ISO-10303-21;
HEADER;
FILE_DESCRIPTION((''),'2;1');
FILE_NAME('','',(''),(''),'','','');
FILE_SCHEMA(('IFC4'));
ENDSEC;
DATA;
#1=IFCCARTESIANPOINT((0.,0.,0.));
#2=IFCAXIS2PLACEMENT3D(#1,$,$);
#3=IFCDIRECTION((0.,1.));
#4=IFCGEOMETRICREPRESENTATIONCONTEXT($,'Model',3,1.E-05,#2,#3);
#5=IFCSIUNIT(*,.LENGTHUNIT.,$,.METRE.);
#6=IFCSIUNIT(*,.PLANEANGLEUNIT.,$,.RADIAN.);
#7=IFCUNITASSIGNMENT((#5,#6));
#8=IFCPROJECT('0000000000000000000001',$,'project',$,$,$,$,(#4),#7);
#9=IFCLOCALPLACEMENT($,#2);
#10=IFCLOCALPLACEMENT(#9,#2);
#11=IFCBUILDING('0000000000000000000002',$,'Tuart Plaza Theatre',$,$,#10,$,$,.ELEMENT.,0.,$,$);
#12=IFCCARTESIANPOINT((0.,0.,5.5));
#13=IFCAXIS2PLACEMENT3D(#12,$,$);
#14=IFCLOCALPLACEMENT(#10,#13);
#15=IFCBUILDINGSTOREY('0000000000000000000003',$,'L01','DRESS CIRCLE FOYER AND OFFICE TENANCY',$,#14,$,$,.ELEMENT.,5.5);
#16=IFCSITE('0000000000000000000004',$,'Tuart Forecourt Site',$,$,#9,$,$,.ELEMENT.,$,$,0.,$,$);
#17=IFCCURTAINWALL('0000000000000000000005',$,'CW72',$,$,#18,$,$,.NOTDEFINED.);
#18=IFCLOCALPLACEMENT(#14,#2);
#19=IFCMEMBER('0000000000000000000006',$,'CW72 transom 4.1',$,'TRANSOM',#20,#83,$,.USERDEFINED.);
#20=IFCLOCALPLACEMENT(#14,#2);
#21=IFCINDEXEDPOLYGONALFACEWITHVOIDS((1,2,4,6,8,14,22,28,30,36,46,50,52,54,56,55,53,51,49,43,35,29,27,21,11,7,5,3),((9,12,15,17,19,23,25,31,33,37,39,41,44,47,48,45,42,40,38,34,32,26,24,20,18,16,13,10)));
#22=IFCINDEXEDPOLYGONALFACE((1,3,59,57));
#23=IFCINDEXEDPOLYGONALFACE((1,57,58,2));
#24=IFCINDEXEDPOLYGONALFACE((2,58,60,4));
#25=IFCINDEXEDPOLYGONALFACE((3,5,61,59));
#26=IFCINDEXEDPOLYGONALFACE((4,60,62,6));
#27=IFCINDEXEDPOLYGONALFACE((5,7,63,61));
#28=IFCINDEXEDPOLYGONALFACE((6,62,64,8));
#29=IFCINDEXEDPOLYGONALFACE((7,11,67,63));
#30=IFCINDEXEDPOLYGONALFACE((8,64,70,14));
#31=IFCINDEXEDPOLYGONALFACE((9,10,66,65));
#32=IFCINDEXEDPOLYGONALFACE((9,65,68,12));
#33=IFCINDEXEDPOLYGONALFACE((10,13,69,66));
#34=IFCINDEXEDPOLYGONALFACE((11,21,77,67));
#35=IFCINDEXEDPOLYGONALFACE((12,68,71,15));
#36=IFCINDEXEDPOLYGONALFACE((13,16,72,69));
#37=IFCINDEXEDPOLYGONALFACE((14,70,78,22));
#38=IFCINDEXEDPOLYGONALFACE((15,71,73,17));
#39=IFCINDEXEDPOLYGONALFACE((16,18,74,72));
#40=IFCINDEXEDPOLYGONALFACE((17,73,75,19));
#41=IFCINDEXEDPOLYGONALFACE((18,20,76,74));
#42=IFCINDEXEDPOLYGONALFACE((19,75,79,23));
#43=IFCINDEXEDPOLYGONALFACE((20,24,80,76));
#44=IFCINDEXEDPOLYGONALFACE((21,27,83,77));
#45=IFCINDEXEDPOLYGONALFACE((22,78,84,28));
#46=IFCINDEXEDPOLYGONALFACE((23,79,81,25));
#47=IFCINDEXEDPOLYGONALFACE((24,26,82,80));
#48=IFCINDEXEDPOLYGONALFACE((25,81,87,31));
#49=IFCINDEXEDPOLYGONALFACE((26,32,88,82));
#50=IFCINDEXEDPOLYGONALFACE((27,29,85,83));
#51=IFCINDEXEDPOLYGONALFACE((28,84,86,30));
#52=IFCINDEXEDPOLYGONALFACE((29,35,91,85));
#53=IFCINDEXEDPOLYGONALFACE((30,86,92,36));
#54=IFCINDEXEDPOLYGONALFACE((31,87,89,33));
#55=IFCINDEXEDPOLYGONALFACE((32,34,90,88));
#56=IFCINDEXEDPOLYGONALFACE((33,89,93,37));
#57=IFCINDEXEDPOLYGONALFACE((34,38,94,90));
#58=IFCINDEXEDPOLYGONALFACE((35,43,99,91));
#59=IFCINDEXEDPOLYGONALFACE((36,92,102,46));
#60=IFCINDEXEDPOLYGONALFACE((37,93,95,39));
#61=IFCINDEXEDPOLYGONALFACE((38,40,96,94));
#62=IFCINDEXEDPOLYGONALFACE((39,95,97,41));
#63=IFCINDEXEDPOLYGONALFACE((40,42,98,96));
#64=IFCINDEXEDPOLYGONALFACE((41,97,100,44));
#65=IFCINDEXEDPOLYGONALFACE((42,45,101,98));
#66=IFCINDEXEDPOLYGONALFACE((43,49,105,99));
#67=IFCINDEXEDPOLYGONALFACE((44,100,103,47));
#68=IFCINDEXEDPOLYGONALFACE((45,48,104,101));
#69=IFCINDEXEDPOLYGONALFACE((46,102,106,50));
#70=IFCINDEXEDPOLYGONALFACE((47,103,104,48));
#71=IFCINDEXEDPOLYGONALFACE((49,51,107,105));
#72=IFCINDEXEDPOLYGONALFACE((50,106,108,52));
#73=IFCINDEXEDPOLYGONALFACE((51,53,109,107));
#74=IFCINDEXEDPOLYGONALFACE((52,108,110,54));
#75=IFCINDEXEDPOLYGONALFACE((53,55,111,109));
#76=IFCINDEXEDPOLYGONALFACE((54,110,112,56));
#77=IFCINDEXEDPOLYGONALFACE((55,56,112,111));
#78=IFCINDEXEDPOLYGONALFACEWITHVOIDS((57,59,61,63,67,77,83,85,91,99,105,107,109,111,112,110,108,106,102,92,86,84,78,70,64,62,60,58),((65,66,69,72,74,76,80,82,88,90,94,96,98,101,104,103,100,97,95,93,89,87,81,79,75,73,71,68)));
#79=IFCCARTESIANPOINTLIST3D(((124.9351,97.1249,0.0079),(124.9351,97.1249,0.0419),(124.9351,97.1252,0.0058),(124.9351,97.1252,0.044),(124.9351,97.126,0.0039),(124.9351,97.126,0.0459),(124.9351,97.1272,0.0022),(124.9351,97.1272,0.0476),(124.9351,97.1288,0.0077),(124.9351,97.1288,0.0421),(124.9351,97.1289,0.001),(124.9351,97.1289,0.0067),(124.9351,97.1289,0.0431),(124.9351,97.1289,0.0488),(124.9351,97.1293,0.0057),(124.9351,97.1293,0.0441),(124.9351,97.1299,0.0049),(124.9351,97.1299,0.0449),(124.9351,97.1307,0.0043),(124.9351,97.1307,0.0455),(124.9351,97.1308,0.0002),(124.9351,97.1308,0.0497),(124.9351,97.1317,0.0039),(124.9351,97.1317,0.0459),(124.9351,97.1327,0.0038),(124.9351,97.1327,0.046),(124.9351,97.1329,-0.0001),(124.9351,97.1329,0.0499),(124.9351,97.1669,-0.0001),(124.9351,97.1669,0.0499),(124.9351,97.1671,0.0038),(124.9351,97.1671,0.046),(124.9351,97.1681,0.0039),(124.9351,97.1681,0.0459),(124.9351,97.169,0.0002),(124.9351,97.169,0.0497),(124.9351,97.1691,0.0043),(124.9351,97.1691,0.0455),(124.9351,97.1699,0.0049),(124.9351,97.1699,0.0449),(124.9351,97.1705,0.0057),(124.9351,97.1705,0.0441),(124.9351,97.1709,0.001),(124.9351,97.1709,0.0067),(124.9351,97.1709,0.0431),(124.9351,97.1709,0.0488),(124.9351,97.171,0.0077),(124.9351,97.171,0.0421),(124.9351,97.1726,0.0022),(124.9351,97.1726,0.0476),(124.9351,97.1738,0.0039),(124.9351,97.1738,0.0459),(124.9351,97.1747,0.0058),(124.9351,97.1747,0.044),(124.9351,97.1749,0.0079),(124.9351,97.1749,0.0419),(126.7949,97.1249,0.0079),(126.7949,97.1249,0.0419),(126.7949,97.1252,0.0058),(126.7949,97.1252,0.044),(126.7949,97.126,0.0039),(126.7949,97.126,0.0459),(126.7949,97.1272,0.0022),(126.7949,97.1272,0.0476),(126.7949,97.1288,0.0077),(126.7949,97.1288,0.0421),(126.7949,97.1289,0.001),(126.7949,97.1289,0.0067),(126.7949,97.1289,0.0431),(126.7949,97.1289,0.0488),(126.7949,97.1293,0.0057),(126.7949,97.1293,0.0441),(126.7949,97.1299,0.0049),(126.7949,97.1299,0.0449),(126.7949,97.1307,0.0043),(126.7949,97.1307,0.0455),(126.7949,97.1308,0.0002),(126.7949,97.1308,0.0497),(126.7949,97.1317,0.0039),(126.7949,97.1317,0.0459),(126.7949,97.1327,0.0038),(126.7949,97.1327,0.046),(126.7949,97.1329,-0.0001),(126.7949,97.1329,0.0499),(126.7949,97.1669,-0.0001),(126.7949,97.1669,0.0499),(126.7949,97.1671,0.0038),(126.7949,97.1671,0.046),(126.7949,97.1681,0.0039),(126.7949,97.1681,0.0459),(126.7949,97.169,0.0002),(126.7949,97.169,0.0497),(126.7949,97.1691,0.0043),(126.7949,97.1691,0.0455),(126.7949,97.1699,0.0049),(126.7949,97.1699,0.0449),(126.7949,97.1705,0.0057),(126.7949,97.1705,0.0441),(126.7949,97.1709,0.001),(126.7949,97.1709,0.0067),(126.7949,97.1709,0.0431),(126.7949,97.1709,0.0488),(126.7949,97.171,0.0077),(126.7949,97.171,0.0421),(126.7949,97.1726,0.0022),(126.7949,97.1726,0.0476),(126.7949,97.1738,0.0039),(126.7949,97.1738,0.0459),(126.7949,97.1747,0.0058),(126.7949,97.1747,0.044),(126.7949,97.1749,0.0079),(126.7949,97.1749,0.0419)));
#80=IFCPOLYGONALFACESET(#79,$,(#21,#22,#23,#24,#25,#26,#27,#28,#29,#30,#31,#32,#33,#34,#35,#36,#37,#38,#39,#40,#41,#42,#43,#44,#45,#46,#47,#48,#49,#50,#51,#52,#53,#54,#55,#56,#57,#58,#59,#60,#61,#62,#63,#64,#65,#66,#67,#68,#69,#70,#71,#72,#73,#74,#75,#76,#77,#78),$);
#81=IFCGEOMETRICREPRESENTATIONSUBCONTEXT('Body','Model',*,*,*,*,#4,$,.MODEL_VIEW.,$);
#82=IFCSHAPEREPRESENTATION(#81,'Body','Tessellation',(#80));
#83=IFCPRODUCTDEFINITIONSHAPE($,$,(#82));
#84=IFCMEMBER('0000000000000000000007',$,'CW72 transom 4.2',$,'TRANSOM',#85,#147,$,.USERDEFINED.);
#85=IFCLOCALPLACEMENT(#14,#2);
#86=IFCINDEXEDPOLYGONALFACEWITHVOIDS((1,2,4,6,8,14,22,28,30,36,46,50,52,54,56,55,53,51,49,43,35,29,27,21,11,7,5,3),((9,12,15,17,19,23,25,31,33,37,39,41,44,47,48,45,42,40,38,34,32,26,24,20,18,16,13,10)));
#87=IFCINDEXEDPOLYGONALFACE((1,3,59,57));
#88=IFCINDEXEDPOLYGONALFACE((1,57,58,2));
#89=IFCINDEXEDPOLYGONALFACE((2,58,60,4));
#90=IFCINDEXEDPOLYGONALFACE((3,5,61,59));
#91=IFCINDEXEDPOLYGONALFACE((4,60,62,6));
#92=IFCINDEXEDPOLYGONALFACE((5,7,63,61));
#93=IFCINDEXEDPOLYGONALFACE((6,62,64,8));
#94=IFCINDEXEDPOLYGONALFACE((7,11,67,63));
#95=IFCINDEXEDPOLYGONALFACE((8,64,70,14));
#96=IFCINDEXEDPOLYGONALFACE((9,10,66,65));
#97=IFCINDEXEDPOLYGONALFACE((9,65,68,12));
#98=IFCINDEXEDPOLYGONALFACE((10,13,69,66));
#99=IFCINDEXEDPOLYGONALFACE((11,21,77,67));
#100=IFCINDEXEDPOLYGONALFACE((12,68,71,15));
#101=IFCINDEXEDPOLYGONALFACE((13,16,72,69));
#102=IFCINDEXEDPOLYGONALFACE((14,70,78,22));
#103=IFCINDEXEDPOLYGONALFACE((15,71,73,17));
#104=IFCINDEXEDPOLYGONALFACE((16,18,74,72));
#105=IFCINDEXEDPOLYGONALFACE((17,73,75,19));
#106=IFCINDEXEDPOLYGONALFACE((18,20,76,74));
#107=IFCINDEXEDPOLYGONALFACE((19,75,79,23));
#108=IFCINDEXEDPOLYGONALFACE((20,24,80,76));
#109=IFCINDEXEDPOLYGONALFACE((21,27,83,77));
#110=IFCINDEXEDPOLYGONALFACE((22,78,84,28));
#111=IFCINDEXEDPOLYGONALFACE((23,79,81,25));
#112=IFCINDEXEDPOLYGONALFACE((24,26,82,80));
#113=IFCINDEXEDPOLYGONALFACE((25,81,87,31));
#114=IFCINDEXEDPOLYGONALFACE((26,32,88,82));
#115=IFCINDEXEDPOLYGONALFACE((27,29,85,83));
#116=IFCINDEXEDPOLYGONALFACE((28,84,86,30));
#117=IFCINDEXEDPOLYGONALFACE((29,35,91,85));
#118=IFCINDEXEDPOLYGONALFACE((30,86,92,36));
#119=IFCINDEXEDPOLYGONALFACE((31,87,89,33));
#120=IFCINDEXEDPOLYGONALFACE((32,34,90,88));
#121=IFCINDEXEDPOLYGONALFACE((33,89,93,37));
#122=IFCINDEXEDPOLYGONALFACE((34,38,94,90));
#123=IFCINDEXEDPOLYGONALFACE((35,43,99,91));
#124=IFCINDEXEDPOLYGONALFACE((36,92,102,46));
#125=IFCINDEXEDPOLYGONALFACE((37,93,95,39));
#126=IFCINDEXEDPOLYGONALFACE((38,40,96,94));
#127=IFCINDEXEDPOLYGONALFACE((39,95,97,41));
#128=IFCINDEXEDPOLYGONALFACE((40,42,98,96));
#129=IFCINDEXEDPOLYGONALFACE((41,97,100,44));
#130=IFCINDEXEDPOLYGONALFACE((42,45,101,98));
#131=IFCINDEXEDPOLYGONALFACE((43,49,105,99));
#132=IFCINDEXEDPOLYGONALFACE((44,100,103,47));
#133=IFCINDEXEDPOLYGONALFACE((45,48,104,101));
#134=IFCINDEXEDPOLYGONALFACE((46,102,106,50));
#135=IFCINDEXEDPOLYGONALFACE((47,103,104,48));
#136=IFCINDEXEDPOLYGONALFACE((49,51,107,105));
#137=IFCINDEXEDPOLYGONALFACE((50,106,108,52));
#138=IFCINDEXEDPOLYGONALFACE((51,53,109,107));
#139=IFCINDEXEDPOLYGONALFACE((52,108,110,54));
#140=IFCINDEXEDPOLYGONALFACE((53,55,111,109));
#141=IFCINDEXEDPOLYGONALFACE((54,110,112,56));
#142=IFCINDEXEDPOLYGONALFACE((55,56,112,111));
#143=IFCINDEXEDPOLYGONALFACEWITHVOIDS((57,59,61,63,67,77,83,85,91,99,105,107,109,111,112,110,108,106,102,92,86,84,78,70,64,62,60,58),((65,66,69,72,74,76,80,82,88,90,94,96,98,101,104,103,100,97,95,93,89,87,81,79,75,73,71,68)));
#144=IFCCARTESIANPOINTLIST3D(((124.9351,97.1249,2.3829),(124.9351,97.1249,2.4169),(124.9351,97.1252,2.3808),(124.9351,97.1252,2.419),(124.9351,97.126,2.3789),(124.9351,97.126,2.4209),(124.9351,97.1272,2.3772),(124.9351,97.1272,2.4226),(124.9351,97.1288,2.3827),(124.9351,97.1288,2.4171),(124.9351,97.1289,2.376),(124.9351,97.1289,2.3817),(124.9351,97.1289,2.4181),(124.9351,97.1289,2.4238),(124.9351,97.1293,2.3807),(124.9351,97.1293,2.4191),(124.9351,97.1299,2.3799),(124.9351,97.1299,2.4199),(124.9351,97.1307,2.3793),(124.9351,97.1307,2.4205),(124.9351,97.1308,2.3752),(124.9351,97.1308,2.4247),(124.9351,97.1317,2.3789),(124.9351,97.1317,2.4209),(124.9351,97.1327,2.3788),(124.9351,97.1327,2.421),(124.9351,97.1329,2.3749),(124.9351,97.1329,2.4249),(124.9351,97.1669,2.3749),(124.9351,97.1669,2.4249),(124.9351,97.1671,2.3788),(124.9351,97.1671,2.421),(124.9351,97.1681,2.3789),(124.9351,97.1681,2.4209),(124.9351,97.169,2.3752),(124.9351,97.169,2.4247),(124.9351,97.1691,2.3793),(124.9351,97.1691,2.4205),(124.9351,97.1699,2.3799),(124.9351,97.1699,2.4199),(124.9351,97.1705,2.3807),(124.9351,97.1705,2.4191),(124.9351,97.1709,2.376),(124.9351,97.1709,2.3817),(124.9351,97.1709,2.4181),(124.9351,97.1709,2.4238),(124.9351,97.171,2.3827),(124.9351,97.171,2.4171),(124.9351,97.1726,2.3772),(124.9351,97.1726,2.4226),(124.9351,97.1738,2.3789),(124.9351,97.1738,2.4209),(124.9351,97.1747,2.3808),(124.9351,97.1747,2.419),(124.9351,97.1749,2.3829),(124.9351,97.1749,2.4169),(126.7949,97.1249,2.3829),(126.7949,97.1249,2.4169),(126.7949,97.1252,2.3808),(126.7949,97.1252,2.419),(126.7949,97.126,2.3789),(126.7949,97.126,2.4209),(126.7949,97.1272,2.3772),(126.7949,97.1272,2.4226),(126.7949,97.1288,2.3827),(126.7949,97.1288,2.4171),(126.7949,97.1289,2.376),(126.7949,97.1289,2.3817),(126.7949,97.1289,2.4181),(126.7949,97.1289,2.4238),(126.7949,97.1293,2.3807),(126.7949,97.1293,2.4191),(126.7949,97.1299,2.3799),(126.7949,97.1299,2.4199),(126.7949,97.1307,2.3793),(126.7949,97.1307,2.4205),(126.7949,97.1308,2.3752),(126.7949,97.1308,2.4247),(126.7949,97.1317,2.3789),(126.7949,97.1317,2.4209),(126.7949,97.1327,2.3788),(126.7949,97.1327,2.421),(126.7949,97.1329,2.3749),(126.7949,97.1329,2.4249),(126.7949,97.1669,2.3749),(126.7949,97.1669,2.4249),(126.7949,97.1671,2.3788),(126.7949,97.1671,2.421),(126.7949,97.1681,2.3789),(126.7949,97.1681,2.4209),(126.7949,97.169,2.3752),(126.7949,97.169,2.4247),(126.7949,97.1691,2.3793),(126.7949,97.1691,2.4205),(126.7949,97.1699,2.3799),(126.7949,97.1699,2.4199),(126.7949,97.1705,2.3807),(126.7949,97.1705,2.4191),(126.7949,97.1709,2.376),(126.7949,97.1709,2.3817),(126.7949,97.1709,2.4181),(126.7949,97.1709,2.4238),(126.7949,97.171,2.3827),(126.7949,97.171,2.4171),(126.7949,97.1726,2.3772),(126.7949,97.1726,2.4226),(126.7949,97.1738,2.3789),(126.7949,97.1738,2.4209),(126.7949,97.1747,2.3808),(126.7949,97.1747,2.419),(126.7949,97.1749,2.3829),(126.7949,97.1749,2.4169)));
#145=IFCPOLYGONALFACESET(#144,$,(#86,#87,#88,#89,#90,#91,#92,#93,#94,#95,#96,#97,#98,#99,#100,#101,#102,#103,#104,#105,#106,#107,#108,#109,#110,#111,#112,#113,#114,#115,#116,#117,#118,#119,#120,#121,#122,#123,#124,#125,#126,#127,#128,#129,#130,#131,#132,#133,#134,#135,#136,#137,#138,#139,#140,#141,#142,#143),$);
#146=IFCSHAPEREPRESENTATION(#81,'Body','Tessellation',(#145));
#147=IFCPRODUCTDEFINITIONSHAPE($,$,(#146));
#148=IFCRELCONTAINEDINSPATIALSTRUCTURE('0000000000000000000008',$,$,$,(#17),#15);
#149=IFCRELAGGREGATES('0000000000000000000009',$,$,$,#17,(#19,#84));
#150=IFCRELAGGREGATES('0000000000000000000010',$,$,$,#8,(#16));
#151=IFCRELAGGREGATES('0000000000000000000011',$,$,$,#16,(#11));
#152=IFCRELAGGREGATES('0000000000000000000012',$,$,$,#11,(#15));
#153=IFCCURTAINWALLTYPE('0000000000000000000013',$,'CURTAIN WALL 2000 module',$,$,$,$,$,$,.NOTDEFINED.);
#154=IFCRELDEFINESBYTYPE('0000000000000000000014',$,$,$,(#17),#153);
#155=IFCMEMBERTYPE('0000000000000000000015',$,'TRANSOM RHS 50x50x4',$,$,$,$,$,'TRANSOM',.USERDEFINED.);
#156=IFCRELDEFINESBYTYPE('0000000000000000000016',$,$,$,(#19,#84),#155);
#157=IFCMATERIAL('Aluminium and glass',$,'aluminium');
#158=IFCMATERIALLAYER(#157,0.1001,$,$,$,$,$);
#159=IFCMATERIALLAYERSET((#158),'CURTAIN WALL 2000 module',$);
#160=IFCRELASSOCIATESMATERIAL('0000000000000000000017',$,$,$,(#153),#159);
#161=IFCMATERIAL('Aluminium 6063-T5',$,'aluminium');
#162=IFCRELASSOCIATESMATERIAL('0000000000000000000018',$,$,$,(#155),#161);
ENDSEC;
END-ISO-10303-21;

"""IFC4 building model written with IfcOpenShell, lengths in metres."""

from ifc_helpers import new_model, si_unit, direction, frame, origin, origin_2d, place, context, subcontext, project, spatial, hollow_rectangle, extrude, material, layer, layer_set, material_profile, profile_set, type_object, element, aggregate, save


model = new_model("IFC4")

# Units and contexts
model_context = context("Model", 3, precision=1e-05, world=origin(), true_north=direction((0.0, 1.0)))
body_context = subcontext(model_context, "Body", "Model", "MODEL_VIEW")
ifc_project = project(units=[si_unit("LENGTHUNIT", "METRE"), si_unit("PLANEANGLEUNIT", "RADIAN")], contexts=[model_context])

# Site, building, storey
site_placement = place(None, origin())
site = spatial("IfcSite", under=ifc_project, at=site_placement, Name="Tuart Forecourt Site", CompositionType="ELEMENT", RefElevation=0.0)
building_placement = place(site_placement, origin())
building = spatial("IfcBuilding", under=site, at=building_placement, Name="Tuart Plaza Theatre", CompositionType="ELEMENT", ElevationOfRefHeight=0.0)
storey_placement = place(building_placement, frame((0.0, 0.0, 5.5)))
storey = spatial("IfcBuildingStorey", under=building, at=storey_placement, Name="L01", Description="DRESS CIRCLE FOYER AND OFFICE TENANCY", CompositionType="ELEMENT", Elevation=5.5)

# Curtain wall, members
ifc_material_1 = material(Name="Aluminium and glass", Category="aluminium")
ifc_layer_1 = layer(ifc_material_1, 0.1001)
ifc_layer_set_1 = layer_set([ifc_layer_1], Name="CURTAIN WALL 2000 module")
curtain_wall_type = type_object("IfcCurtainWallType", Name="CURTAIN WALL 2000 module", PredefinedType="NOTDEFINED", material=ifc_layer_set_1)
curtain_wall_placement = place(storey_placement, origin())
curtain_wall = element("IfcCurtainWall", 1, at=curtain_wall_placement, inside=storey, type_object=curtain_wall_type, Name="CW72", PredefinedType="NOTDEFINED")
ifc_material_2 = material(Name="Aluminium 6063-T5", Category="aluminium")
ifc_material_profile_1 = material_profile(ifc_material_2, hollow_rectangle(XDim=0.05, YDim=0.05, WallThickness=0.0039, InnerFilletRadius=0.0039, OuterFilletRadius=0.0081, at=origin_2d()), Name="RHS 50x50x4")
ifc_profile_set_1 = profile_set([ifc_material_profile_1], Name="Aluminium 6063-T5")
member_type_1 = type_object("IfcMemberType", Name="TRANSOM RHS 50x50x4", ElementType="TRANSOM", PredefinedType="USERDEFINED", material=ifc_profile_set_1)
member_1_placement = place(storey_placement, frame((126.7949, 97.1499, 0.0249), z_axis=(-1.0, 0.0, 0.0), x_axis=(0.0, -1.0, 0.0)))
member_1 = element("IfcMember", 2, at=member_1_placement, type_object=member_type_1, Name="CW72 transom 4.1", ObjectType="TRANSOM", PredefinedType="USERDEFINED", context=body_context, shape_type="SweptSolid", body=[
    extrude(hollow_rectangle(XDim=0.05, YDim=0.05, WallThickness=0.0039, InnerFilletRadius=0.0039, OuterFilletRadius=0.0081, at=origin_2d()), origin(), (0.0, 0.0, 1.0), 1.8599),
])
member_2_placement = place(storey_placement, frame((126.7949, 97.1499, 2.3999), z_axis=(-1.0, 0.0, 0.0), x_axis=(0.0, -1.0, 0.0)))
member_2 = element("IfcMember", 3, at=member_2_placement, type_object=member_type_1, Name="CW72 transom 4.2", ObjectType="TRANSOM", PredefinedType="USERDEFINED", context=body_context, shape_type="SweptSolid", body=[
    extrude(hollow_rectangle(XDim=0.05, YDim=0.05, WallThickness=0.0039, InnerFilletRadius=0.0039, OuterFilletRadius=0.0081, at=origin_2d()), origin(), (0.0, 0.0, 1.0), 1.8599),
])
aggregate(curtain_wall, [member_1, member_2])

save(model, "model.ifc")
